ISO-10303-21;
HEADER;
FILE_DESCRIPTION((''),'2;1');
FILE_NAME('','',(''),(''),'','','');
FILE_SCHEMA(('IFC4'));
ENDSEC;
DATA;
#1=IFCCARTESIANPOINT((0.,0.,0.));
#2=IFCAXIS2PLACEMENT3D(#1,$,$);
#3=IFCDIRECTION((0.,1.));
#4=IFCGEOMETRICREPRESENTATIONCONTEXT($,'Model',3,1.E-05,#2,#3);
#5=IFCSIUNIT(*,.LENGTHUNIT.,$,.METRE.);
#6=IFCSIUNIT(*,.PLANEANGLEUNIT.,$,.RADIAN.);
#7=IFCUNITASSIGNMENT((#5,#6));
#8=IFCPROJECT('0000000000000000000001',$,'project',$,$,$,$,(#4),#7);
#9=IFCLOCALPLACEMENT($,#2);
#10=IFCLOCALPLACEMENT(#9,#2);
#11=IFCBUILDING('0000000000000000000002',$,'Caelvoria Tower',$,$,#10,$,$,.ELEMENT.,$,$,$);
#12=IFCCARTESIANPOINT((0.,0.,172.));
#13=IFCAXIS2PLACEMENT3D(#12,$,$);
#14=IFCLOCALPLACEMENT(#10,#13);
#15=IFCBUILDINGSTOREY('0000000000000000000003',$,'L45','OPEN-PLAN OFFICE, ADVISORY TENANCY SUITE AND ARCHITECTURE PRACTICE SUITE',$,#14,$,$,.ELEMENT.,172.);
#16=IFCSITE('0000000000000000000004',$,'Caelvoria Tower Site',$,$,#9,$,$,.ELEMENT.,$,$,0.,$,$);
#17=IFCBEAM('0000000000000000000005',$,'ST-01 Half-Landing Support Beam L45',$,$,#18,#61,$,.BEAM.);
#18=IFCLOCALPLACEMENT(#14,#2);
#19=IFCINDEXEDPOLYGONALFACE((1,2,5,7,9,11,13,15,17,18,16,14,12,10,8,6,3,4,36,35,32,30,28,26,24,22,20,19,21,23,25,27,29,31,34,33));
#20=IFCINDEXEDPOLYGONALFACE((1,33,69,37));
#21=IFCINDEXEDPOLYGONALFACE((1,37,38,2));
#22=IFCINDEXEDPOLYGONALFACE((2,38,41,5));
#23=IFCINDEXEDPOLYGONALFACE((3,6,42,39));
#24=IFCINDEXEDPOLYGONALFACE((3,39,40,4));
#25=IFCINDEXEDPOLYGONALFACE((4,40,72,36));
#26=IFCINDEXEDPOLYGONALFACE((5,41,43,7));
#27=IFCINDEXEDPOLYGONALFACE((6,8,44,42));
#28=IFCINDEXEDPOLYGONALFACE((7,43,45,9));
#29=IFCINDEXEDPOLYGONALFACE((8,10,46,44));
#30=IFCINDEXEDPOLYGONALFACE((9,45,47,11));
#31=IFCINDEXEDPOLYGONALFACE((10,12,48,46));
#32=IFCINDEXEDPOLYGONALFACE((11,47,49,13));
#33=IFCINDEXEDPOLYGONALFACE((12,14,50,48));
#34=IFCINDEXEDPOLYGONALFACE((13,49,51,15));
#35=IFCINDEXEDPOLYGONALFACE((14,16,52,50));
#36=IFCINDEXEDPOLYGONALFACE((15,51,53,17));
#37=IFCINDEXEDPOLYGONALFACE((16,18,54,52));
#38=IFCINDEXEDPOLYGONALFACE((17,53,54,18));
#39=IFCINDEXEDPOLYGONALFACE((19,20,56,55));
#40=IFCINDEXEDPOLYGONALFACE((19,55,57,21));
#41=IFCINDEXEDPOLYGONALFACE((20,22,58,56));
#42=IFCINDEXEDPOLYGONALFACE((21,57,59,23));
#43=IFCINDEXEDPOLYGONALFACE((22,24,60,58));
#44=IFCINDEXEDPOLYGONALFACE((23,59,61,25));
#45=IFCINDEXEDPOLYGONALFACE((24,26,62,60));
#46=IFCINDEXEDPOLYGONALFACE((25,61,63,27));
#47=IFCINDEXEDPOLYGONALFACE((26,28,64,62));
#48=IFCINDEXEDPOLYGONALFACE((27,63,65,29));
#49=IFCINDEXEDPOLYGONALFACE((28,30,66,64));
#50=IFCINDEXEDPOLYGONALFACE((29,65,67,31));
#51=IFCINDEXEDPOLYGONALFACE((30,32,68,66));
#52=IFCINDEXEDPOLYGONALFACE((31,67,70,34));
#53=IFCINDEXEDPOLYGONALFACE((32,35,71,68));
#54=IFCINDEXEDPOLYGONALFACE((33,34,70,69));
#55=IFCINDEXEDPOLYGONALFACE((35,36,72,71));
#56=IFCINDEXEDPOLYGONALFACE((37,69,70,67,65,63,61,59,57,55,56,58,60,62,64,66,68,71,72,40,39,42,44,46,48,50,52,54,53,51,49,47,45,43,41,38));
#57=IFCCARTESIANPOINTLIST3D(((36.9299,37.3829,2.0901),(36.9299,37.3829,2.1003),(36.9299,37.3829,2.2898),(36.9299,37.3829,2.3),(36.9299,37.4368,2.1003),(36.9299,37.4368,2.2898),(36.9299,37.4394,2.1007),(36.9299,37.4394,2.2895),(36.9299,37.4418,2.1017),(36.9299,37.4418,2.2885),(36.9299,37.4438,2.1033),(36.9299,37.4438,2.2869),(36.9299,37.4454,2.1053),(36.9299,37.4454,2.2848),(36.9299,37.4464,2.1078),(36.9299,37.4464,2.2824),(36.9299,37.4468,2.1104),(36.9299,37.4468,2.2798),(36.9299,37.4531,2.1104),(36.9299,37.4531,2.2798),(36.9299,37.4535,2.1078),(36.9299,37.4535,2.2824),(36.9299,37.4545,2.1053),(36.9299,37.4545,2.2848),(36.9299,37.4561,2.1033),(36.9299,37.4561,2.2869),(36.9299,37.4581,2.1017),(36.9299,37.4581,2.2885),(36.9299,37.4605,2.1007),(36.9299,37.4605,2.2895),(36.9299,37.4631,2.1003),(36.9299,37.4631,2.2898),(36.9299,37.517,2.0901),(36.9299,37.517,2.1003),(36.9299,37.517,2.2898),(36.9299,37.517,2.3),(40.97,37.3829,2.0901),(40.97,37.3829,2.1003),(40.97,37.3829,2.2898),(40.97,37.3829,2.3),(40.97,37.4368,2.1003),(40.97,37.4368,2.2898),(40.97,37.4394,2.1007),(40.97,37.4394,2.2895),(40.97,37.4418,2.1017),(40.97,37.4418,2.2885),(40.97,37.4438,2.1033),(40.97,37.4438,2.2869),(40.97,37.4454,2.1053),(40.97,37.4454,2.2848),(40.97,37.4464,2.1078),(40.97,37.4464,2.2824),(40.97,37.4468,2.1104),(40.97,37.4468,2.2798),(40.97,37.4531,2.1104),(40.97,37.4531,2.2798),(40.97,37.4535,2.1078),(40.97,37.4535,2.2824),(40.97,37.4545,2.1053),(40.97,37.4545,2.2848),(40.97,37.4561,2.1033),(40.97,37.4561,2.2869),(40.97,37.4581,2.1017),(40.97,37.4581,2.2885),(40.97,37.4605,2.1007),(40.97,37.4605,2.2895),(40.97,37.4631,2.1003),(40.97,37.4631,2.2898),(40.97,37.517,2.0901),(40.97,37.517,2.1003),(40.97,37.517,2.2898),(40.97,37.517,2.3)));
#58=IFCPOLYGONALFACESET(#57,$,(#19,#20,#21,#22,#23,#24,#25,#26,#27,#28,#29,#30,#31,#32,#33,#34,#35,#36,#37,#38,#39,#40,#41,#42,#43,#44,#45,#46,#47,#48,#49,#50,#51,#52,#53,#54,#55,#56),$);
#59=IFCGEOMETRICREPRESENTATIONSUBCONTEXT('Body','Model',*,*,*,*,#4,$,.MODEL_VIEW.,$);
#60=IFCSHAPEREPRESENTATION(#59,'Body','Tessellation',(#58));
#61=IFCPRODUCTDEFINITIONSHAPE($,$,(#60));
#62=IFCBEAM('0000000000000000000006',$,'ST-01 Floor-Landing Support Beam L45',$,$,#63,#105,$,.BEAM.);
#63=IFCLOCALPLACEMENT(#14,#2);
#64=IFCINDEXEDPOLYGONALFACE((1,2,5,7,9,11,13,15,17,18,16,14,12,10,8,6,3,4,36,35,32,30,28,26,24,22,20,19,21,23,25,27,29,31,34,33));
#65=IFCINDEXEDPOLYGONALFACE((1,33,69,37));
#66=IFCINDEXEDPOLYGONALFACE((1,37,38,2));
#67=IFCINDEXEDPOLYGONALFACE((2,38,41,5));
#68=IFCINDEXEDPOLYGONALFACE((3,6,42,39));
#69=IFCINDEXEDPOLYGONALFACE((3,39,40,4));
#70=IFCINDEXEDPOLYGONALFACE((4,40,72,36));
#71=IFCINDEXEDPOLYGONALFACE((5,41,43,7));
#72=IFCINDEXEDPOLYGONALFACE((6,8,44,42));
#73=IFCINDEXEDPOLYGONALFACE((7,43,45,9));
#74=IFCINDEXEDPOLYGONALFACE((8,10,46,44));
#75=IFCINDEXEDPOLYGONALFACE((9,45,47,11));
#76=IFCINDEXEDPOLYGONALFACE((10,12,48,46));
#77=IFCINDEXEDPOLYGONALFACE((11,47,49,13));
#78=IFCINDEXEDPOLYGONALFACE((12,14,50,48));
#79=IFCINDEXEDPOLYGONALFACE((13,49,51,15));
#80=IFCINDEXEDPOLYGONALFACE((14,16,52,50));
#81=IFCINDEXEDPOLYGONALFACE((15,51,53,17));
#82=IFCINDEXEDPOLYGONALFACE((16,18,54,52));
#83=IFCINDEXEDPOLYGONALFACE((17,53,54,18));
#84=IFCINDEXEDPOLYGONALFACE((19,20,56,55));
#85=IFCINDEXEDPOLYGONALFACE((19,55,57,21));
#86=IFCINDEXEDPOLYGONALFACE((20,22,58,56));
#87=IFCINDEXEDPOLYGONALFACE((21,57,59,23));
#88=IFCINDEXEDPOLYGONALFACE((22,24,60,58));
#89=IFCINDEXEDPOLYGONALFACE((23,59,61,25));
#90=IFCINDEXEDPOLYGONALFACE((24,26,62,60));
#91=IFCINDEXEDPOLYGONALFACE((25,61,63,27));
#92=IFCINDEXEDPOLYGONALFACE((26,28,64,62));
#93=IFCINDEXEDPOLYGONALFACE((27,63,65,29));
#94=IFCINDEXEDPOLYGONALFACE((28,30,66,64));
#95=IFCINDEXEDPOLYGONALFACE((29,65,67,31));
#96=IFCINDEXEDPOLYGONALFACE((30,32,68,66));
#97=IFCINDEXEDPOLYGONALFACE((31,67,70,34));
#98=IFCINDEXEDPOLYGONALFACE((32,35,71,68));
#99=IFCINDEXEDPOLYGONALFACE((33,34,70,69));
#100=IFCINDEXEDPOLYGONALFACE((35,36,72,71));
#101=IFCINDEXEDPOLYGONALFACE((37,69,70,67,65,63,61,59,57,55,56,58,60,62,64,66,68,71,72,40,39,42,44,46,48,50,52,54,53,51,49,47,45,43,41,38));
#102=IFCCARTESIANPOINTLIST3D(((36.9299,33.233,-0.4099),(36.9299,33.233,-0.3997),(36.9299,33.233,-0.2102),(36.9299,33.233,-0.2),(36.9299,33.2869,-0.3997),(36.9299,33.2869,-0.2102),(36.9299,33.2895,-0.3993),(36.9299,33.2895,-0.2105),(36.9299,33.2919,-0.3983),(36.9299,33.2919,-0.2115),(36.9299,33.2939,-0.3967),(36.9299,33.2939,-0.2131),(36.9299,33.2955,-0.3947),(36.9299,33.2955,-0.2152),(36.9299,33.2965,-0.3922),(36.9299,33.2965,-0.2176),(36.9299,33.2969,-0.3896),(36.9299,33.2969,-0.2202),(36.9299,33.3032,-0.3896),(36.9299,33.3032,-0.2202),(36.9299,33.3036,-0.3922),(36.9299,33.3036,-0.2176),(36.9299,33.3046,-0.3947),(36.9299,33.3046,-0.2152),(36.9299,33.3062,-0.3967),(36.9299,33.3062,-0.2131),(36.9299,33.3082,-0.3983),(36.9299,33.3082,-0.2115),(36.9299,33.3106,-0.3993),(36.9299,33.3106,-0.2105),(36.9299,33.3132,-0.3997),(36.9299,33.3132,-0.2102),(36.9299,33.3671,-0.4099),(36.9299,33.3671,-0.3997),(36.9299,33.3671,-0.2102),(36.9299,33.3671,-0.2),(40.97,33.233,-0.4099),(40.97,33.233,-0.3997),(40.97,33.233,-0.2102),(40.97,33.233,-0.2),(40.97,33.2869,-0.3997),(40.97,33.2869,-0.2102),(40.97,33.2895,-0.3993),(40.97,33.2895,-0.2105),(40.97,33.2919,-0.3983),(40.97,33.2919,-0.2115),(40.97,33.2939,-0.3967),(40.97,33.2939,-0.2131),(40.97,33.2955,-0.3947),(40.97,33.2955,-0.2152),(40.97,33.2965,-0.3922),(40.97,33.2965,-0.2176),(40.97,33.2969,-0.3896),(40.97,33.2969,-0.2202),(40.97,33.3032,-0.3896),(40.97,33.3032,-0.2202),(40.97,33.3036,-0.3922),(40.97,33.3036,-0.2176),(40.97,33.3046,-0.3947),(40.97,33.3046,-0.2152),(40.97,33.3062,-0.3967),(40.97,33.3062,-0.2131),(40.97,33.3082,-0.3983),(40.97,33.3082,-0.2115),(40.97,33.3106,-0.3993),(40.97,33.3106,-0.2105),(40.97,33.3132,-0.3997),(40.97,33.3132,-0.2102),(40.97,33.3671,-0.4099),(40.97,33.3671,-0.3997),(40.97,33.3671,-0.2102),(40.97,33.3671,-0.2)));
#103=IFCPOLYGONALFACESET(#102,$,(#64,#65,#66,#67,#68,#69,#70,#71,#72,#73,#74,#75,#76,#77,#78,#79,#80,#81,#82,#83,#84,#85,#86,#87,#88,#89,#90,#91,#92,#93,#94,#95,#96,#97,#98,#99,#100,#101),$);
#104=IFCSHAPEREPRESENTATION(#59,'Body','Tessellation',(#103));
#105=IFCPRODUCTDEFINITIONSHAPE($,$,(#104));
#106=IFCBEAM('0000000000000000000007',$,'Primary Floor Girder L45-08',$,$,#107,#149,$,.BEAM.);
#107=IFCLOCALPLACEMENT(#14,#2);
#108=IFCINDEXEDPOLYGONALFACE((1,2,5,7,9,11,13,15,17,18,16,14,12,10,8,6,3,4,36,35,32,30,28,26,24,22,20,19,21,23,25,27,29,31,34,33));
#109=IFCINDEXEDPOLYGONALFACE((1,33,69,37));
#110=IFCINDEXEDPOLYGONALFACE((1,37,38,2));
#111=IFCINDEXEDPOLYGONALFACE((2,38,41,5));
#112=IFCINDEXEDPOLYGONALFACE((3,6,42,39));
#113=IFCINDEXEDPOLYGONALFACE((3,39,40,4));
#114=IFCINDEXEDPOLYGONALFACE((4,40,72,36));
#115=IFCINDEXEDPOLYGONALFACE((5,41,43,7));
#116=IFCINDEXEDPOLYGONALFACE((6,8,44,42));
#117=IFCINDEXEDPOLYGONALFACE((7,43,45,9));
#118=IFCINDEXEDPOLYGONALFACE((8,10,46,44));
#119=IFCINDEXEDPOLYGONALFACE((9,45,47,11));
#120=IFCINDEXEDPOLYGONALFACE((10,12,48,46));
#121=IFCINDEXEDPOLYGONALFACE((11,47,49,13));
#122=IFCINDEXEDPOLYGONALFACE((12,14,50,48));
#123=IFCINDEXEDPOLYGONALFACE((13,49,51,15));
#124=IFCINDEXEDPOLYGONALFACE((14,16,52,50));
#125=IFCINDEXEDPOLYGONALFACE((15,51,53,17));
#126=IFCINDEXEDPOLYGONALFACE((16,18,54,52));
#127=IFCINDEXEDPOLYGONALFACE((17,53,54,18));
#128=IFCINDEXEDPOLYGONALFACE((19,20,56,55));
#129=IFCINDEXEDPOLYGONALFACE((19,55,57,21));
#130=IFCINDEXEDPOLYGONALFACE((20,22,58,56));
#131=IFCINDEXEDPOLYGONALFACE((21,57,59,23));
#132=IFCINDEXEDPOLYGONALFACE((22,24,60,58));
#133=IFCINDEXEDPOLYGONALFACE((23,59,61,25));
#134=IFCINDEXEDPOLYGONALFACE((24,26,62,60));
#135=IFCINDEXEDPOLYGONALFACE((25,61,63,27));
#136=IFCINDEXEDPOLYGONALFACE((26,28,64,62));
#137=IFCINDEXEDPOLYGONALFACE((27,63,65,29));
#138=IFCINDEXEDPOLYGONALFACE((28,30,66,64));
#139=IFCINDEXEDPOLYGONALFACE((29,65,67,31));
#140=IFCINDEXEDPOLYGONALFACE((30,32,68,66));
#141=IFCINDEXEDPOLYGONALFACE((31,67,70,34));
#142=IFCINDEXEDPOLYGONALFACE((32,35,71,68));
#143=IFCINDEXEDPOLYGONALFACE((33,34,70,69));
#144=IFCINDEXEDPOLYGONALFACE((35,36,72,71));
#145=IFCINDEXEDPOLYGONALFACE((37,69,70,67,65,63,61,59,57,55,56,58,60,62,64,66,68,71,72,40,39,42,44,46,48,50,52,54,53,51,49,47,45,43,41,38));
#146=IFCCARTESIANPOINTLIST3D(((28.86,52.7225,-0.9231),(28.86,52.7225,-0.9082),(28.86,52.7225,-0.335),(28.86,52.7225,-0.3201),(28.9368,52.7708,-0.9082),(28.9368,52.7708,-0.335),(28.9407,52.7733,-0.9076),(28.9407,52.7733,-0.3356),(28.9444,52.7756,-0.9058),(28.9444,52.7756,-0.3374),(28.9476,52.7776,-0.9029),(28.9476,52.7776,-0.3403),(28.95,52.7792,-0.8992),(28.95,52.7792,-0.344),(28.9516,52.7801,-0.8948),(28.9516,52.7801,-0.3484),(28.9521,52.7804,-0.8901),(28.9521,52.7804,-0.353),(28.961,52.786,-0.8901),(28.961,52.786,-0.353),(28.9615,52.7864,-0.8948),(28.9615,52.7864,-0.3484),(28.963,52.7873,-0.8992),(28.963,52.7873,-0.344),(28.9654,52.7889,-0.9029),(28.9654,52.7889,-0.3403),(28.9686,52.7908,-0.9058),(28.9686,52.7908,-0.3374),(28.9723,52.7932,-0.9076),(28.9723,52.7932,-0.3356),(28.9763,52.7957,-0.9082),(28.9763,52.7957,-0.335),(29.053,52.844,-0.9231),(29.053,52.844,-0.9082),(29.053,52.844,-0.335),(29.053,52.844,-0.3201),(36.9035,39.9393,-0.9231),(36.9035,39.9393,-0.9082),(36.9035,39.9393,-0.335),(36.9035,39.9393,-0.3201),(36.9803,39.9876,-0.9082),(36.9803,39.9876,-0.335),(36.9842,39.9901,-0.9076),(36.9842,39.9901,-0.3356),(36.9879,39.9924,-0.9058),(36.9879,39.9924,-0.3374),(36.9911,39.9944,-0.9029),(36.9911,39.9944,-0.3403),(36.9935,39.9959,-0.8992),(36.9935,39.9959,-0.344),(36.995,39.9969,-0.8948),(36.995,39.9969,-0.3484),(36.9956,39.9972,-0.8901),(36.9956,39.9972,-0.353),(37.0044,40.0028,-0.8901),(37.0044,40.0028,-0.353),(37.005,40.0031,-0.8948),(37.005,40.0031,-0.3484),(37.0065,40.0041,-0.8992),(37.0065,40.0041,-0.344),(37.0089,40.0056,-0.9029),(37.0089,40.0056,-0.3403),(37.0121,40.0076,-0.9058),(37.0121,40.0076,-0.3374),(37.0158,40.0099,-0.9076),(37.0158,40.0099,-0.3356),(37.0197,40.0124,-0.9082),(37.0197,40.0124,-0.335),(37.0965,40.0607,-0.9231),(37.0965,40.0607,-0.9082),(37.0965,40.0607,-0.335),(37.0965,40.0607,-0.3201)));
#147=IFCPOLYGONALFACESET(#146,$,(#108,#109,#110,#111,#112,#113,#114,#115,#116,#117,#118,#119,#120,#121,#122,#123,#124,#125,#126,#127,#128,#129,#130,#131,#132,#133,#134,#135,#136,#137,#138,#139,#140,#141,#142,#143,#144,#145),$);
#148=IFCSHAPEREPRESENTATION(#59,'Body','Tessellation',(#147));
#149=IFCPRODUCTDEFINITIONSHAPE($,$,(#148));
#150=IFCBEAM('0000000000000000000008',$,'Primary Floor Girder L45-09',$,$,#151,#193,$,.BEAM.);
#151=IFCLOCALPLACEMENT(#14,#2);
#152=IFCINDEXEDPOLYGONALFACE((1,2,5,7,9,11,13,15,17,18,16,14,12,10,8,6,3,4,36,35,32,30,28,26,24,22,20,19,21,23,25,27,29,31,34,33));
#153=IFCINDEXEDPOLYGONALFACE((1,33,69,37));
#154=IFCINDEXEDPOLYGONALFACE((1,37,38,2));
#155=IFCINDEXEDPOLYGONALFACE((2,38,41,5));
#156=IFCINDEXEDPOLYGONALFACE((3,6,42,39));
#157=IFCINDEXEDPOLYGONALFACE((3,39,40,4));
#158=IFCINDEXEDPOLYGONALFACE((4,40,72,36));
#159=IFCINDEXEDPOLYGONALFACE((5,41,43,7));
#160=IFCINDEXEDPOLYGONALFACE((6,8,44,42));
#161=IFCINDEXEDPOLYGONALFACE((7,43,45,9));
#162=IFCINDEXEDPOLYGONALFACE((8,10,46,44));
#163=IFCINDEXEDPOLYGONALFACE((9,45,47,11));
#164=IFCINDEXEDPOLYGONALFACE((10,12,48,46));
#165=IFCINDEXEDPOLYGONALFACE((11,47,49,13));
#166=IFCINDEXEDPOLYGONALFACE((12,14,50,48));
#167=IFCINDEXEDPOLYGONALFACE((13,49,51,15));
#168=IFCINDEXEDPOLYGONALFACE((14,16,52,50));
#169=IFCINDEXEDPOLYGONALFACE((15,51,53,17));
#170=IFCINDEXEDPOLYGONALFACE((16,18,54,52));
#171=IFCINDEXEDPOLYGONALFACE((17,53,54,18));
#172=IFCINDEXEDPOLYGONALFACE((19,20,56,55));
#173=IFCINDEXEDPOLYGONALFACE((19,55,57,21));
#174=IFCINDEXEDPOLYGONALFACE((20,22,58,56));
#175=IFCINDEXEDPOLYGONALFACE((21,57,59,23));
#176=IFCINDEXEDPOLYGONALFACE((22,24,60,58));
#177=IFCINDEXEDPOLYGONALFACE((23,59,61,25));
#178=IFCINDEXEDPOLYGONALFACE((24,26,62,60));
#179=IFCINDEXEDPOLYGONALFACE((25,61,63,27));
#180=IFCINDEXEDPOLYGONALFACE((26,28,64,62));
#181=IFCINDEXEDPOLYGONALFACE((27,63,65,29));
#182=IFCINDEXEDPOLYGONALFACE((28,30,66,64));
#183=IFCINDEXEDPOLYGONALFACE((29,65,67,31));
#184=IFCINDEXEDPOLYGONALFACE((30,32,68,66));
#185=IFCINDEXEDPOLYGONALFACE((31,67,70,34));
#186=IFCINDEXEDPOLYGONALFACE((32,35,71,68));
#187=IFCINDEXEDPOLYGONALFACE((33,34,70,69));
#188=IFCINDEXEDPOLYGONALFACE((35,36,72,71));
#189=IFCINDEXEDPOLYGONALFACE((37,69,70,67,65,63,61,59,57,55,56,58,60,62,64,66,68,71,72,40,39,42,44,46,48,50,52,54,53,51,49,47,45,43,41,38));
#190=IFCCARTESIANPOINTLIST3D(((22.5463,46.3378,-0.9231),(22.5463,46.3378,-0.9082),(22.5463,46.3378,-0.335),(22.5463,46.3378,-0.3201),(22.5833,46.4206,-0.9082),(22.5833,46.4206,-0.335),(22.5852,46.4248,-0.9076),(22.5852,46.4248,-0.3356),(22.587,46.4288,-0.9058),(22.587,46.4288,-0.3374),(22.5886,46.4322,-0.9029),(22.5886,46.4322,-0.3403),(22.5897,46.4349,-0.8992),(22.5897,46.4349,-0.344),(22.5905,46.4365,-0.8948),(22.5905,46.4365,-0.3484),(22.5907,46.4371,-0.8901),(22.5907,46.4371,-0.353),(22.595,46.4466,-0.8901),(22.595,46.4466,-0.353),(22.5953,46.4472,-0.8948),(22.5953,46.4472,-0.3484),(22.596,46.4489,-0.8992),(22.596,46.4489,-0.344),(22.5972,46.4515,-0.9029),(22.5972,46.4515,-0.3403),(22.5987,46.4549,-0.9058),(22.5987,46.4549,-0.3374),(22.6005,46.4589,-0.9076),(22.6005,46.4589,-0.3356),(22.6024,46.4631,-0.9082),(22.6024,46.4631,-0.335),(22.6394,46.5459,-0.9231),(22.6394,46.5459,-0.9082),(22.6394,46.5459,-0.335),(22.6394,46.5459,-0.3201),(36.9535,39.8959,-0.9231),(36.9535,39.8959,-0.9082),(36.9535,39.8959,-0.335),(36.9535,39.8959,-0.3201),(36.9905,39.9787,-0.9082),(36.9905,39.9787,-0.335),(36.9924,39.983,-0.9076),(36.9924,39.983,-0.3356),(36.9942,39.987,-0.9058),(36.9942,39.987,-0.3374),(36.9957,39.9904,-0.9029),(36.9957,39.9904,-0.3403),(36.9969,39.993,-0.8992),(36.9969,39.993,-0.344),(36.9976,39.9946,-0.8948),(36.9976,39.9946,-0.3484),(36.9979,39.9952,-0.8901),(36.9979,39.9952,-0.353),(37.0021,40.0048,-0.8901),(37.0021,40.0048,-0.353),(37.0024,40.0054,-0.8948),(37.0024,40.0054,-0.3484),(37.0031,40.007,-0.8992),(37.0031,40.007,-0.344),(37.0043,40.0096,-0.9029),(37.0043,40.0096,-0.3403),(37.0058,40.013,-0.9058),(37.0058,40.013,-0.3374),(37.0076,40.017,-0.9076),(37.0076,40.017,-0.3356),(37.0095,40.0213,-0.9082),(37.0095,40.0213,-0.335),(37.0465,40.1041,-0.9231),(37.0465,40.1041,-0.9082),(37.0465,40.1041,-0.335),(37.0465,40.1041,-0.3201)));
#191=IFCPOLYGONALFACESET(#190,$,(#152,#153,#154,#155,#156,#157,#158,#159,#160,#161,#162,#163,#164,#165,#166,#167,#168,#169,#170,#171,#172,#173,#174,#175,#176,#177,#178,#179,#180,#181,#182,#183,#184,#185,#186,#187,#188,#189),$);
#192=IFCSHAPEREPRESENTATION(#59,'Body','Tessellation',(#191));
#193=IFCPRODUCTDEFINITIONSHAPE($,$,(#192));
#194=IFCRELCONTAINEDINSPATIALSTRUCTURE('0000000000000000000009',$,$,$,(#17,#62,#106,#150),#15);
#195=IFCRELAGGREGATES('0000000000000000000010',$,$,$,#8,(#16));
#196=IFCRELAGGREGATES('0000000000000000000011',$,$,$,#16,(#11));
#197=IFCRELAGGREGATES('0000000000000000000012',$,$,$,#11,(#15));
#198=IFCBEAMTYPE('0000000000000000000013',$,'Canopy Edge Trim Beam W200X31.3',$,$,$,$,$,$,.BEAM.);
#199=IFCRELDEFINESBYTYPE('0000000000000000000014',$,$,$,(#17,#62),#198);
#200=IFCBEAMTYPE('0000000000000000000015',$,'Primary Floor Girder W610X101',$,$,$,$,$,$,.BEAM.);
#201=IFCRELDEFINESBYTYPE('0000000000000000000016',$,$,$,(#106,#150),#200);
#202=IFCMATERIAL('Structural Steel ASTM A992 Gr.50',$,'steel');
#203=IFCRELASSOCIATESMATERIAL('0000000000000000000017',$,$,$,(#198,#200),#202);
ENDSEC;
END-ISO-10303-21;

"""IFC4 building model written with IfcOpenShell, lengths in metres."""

from ifc_helpers import new_model, si_unit, direction, frame, origin, origin_2d, place, context, subcontext, project, spatial, i_section, extrude, material, material_profile, profile_set, type_object, element, save


model = new_model("IFC4")

# Units and contexts
model_context = context("Model", 3, precision=1e-05, world=origin(), true_north=direction((0.0, 1.0)))
body_context = subcontext(model_context, "Body", "Model", "MODEL_VIEW")
ifc_project = project(units=[si_unit("LENGTHUNIT", "METRE"), si_unit("PLANEANGLEUNIT", "RADIAN")], contexts=[model_context])

# Site, building, storey
site_placement = place(None, origin())
site = spatial("IfcSite", under=ifc_project, at=site_placement, Name="Caelvoria Tower Site", CompositionType="ELEMENT", RefElevation=0.0)
building_placement = place(site_placement, origin())
building = spatial("IfcBuilding", under=site, at=building_placement, Name="Caelvoria Tower", CompositionType="ELEMENT")
storey_placement = place(building_placement, frame((0.0, 0.0, 172.0)))
storey = spatial("IfcBuildingStorey", under=building, at=storey_placement, Name="L45", Description="OPEN-PLAN OFFICE, ADVISORY TENANCY SUITE AND ARCHITECTURE PRACTICE SUITE", CompositionType="ELEMENT", Elevation=172.0)

# Beams
ifc_material_1 = material(Name="Structural Steel ASTM A992 Gr.50", Category="steel")
ifc_material_profile_1 = material_profile(ifc_material_1, i_section(OverallWidth=0.134, OverallDepth=0.21, WebThickness=0.0063, FlangeThickness=0.0103, FilletRadius=0.01, at=origin_2d()), Name="Structural Steel ASTM A992 Gr.50")
ifc_profile_set_1 = profile_set([ifc_material_profile_1], Name="W200X31.3 - Structural Steel ASTM A992 Gr.50")
beam_type_1 = type_object("IfcBeamType", Name="Canopy Edge Trim Beam W200X31.3", PredefinedType="BEAM", material=ifc_profile_set_1)
for number, where, z_axis, x_axis, name in (
    (1, (36.9299, 37.45, 2.1951), (1.0, 0.0, 0.0), (0.0, 1.0, 0.0), "ST-01 Half-Landing Support Beam L45"),
    (2, (36.9299, 33.3, -0.3049), (1.0, 0.0, 0.0), (0.0, 1.0, 0.0), "ST-01 Floor-Landing Support Beam L45"),
):
    element("IfcBeam", number, at=place(storey_placement, frame(where, z_axis=z_axis, x_axis=x_axis)), inside=storey, type_object=beam_type_1, Name=name, PredefinedType="BEAM", context=body_context, shape_type="SweptSolid", body=[
        extrude(i_section(OverallWidth=0.134, OverallDepth=0.21, WebThickness=0.0063, FlangeThickness=0.0103, FilletRadius=0.01, at=origin_2d()), origin(), (0.0, 0.0, 1.0), 4.04),
    ])
ifc_material_profile_2 = material_profile(ifc_material_1, i_section(OverallWidth=0.228, OverallDepth=0.603, WebThickness=0.0105, FlangeThickness=0.0149, FilletRadius=0.0181, at=origin_2d()), Name="Structural Steel ASTM A992 Gr.50")
ifc_profile_set_2 = profile_set([ifc_material_profile_2], Name="W610X101 - Structural Steel ASTM A992 Gr.50")
beam_type_2 = type_object("IfcBeamType", Name="Primary Floor Girder W610X101", PredefinedType="BEAM", material=ifc_profile_set_2)
beam_1_placement = place(storey_placement, frame((37.0, 40.0, -0.6216), z_axis=(-0.532565, 0.846389, 0.0), x_axis=(-0.846389, -0.532565, 0.0)))
element("IfcBeam", 3, at=beam_1_placement, inside=storey, type_object=beam_type_2, Name="Primary Floor Girder L45-08", PredefinedType="BEAM", context=body_context, shape_type="SweptSolid", body=[
    extrude(i_section(OverallWidth=0.228, OverallDepth=0.603, WebThickness=0.0105, FlangeThickness=0.0149, FilletRadius=0.0181, at=origin_2d()), origin(), (0.0, 0.0, 1.0), 15.1033),
])
beam_2_placement = place(storey_placement, frame((37.0, 40.0, -0.6216), z_axis=(-0.9129, 0.408184, 0.0), x_axis=(-0.408184, -0.9129, 0.0)))
element("IfcBeam", 4, at=beam_2_placement, inside=storey, type_object=beam_type_2, Name="Primary Floor Girder L45-09", PredefinedType="BEAM", context=body_context, shape_type="SweptSolid", body=[
    extrude(i_section(OverallWidth=0.228, OverallDepth=0.603, WebThickness=0.0105, FlangeThickness=0.0149, FilletRadius=0.0181, at=origin_2d()), origin(), (0.0, 0.0, 1.0), 15.7817),
])

save(model, "model.ifc")
